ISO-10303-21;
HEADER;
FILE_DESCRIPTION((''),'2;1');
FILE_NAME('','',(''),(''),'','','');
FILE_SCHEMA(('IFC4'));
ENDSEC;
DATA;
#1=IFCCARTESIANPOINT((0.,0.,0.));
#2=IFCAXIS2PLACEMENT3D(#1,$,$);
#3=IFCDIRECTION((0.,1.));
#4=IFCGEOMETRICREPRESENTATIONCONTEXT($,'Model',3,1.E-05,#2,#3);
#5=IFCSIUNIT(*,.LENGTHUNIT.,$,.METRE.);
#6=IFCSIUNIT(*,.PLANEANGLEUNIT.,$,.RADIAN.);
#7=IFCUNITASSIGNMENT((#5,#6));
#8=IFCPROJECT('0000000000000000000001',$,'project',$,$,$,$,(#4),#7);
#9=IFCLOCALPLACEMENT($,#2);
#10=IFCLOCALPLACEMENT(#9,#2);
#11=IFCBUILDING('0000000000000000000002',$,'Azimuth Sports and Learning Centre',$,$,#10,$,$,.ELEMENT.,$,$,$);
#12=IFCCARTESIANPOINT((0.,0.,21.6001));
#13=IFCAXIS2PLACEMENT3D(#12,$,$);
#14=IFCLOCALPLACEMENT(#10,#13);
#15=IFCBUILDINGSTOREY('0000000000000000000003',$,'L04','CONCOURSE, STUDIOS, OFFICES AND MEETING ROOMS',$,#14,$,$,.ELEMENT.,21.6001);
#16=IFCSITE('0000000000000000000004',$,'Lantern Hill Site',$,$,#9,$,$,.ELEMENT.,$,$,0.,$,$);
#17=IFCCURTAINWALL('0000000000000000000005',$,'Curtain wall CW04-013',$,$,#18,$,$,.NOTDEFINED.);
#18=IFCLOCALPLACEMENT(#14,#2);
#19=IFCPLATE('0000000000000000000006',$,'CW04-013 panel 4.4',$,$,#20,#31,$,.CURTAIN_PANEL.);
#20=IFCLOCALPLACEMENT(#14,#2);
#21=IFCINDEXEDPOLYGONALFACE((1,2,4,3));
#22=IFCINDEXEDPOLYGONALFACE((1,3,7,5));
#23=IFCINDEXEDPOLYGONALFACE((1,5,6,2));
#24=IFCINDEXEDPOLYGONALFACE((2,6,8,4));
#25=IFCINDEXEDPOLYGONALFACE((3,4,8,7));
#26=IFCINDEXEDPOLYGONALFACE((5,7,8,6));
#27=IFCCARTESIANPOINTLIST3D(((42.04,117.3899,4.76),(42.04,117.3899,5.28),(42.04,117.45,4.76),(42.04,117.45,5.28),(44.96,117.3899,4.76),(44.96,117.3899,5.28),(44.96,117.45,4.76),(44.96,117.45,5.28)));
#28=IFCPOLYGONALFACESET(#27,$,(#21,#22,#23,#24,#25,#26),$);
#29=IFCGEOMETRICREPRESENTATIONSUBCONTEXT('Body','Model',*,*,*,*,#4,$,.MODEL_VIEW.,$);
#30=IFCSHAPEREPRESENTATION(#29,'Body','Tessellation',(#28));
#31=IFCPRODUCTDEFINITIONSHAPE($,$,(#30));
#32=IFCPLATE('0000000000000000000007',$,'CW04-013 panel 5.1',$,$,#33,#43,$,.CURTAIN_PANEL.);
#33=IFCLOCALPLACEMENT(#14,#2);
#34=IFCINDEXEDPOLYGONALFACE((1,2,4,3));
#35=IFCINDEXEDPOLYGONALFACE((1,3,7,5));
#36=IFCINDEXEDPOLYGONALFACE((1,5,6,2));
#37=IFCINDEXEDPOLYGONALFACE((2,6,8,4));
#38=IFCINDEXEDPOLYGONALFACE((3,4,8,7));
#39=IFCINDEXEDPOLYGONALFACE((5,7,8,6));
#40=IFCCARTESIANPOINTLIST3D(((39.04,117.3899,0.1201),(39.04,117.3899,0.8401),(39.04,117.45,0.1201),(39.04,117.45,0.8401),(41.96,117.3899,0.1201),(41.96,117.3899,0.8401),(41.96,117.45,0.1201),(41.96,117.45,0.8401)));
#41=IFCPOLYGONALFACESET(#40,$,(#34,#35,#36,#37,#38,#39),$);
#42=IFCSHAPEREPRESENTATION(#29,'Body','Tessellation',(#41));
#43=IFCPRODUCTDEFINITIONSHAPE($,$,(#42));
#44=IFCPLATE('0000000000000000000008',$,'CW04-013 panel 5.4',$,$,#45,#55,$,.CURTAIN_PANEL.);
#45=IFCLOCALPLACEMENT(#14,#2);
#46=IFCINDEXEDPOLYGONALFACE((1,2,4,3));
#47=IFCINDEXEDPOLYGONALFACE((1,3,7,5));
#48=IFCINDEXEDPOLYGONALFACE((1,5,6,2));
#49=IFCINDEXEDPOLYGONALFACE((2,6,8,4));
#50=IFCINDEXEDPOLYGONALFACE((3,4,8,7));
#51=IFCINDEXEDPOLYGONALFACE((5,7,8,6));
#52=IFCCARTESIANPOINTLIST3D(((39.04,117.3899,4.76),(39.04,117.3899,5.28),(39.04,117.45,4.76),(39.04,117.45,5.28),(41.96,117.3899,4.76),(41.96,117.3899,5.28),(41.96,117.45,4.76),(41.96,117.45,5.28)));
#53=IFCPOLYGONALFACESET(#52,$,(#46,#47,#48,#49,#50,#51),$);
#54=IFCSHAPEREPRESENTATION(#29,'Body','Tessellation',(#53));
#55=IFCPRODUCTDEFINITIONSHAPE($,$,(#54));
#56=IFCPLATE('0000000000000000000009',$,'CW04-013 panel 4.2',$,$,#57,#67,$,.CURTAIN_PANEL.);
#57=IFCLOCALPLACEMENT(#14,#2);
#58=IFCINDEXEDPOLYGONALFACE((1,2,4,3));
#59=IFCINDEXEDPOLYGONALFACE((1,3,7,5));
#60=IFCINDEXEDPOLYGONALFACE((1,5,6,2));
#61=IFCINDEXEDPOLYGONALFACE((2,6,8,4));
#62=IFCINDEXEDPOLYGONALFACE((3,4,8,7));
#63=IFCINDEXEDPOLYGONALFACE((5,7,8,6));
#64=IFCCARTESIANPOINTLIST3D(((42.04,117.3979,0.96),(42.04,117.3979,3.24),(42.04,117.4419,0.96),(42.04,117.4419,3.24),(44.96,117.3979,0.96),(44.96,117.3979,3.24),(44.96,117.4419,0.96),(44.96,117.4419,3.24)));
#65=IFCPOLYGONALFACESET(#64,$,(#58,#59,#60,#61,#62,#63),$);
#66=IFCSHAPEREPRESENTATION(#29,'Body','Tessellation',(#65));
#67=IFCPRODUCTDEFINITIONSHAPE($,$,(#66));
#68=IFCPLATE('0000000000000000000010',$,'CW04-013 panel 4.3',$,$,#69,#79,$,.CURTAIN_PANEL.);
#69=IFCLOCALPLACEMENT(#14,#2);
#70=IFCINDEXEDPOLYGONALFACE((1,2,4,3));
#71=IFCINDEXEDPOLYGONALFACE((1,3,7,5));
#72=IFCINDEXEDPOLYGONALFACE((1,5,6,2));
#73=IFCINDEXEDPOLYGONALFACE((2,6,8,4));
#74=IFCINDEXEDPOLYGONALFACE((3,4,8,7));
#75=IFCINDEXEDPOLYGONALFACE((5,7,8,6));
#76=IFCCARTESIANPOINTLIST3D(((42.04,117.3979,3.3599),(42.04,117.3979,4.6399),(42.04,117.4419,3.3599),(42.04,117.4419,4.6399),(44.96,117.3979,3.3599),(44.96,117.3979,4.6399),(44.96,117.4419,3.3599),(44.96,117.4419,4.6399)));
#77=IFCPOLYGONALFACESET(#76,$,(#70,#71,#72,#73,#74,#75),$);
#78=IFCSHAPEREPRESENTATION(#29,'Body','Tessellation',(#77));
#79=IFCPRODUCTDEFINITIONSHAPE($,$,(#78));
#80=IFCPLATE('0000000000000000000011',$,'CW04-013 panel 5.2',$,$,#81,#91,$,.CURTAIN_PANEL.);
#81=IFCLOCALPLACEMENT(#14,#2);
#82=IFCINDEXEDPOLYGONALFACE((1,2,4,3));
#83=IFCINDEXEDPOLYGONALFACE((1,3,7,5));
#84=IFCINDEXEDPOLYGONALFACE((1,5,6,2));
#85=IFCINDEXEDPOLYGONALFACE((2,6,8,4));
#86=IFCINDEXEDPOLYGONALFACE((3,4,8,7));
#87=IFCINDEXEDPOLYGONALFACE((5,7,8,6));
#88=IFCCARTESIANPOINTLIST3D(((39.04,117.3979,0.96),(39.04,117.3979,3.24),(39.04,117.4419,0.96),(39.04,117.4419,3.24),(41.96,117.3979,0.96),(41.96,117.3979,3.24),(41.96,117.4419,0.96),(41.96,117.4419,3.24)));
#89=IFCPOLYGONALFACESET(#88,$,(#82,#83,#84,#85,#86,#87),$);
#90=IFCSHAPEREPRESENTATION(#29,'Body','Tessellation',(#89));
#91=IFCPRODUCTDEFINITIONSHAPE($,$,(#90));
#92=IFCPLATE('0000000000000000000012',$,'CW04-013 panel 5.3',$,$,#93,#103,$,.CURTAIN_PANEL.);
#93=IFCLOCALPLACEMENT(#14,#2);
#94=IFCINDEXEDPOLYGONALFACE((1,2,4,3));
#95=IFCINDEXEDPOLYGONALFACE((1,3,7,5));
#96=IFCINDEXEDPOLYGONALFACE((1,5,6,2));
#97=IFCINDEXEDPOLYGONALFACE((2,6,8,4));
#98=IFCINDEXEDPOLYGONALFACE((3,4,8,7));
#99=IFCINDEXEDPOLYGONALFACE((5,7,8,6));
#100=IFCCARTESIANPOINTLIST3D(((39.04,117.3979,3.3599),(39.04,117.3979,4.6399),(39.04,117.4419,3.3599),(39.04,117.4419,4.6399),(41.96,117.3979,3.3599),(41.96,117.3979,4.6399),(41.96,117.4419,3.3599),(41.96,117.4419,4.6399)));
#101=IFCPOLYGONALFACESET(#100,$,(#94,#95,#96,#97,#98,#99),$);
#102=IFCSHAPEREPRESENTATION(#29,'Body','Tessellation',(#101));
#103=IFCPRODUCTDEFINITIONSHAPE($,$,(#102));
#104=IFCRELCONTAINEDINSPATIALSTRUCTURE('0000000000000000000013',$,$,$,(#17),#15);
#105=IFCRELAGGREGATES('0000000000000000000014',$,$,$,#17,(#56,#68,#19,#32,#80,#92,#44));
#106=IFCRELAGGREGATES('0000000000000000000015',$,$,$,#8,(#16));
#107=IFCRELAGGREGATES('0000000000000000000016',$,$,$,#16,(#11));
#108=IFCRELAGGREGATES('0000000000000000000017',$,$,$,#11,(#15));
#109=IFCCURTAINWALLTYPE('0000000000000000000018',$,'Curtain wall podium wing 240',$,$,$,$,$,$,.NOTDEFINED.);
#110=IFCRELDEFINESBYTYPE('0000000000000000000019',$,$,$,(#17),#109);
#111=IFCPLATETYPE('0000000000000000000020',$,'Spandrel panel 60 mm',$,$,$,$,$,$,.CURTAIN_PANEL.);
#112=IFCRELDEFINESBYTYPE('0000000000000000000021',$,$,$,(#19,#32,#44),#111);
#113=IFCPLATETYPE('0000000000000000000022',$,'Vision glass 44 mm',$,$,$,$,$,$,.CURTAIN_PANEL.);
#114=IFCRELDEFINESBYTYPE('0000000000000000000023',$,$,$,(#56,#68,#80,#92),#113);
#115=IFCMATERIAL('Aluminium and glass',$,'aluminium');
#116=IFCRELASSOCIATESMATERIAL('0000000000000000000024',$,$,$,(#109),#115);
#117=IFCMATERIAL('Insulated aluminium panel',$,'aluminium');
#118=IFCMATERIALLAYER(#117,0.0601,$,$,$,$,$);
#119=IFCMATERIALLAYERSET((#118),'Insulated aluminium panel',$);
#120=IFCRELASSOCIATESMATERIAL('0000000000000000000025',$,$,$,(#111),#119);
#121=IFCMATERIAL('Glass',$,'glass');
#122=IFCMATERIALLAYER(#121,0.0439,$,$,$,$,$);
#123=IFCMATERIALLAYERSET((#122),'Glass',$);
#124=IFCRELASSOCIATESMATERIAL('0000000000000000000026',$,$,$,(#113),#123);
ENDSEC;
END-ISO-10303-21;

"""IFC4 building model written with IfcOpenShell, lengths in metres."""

from ifc_helpers import new_model, si_unit, direction, frame, origin, origin_2d, place, context, subcontext, project, spatial, rectangle, extrude, material, layer, layer_set, type_object, element, aggregate, save


model = new_model("IFC4")

# Units and contexts
model_context = context("Model", 3, precision=1e-05, world=origin(), true_north=direction((0.0, 1.0)))
body_context = subcontext(model_context, "Body", "Model", "MODEL_VIEW")
ifc_project = project(units=[si_unit("LENGTHUNIT", "METRE"), si_unit("PLANEANGLEUNIT", "RADIAN")], contexts=[model_context])

# Site, building, storey
site_placement = place(None, origin())
site = spatial("IfcSite", under=ifc_project, at=site_placement, Name="Lantern Hill Site", CompositionType="ELEMENT", RefElevation=0.0)
building_placement = place(site_placement, origin())
building = spatial("IfcBuilding", under=site, at=building_placement, Name="Azimuth Sports and Learning Centre", CompositionType="ELEMENT")
storey_placement = place(building_placement, frame((0.0, 0.0, 21.6001)))
storey = spatial("IfcBuildingStorey", under=building, at=storey_placement, Name="L04", Description="CONCOURSE, STUDIOS, OFFICES AND MEETING ROOMS", CompositionType="ELEMENT", Elevation=21.6001)

# Curtain wall, plates
ifc_material_1 = material(Name="Aluminium and glass", Category="aluminium")
curtain_wall_type = type_object("IfcCurtainWallType", Name="Curtain wall podium wing 240", PredefinedType="NOTDEFINED", material=ifc_material_1)
curtain_wall_placement = place(storey_placement, origin())
curtain_wall = element("IfcCurtainWall", 1, at=curtain_wall_placement, inside=storey, type_object=curtain_wall_type, Name="Curtain wall CW04-013", PredefinedType="NOTDEFINED")
ifc_material_2 = material(Name="Insulated aluminium panel", Category="aluminium")
ifc_layer_1 = layer(ifc_material_2, 0.0601)
ifc_layer_set_1 = layer_set([ifc_layer_1], Name="Insulated aluminium panel")
plate_type_1 = type_object("IfcPlateType", Name="Spandrel panel 60 mm", PredefinedType="CURTAIN_PANEL", material=ifc_layer_set_1)
plate_1_placement = place(storey_placement, frame((43.5, 117.4199, 4.76), z_axis=(0.0, 0.0, 1.0), x_axis=(-1.0, 0.0, 0.0)))
plate_1 = element("IfcPlate", 2, at=plate_1_placement, type_object=plate_type_1, Name="CW04-013 panel 4.4", PredefinedType="CURTAIN_PANEL", context=body_context, shape_type="SweptSolid", body=[
    extrude(rectangle(XDim=2.9199, YDim=0.0601, at=origin_2d()), origin(), (0.0, 0.0, 1.0), 0.52),
])
plate_2_placement = place(storey_placement, frame((40.5, 117.4199, 0.1201), z_axis=(0.0, 0.0, 1.0), x_axis=(-1.0, 0.0, 0.0)))
plate_2 = element("IfcPlate", 3, at=plate_2_placement, type_object=plate_type_1, Name="CW04-013 panel 5.1", PredefinedType="CURTAIN_PANEL", context=body_context, shape_type="SweptSolid", body=[
    extrude(rectangle(XDim=2.9199, YDim=0.0601, at=origin_2d()), origin(), (0.0, 0.0, 1.0), 0.72),
])
plate_3_placement = place(storey_placement, frame((40.5, 117.4199, 4.76), z_axis=(0.0, 0.0, 1.0), x_axis=(-1.0, 0.0, 0.0)))
plate_3 = element("IfcPlate", 4, at=plate_3_placement, type_object=plate_type_1, Name="CW04-013 panel 5.4", PredefinedType="CURTAIN_PANEL", context=body_context, shape_type="SweptSolid", body=[
    extrude(rectangle(XDim=2.9199, YDim=0.0601, at=origin_2d()), origin(), (0.0, 0.0, 1.0), 0.52),
])
ifc_material_3 = material(Name="Glass", Category="glass")
ifc_layer_2 = layer(ifc_material_3, 0.0439)
ifc_layer_set_2 = layer_set([ifc_layer_2], Name="Glass")
plate_type_2 = type_object("IfcPlateType", Name="Vision glass 44 mm", PredefinedType="CURTAIN_PANEL", material=ifc_layer_set_2)
plate_4_placement = place(storey_placement, frame((43.5, 117.4199, 0.96), z_axis=(0.0, 0.0, 1.0), x_axis=(-1.0, 0.0, 0.0)))
plate_4 = element("IfcPlate", 5, at=plate_4_placement, type_object=plate_type_2, Name="CW04-013 panel 4.2", PredefinedType="CURTAIN_PANEL", context=body_context, shape_type="SweptSolid", body=[
    extrude(rectangle(XDim=2.9199, YDim=0.0439, at=origin_2d()), origin(), (0.0, 0.0, 1.0), 2.28),
])
plate_5_placement = place(storey_placement, frame((43.5, 117.4199, 3.3599), z_axis=(0.0, 0.0, 1.0), x_axis=(-1.0, 0.0, 0.0)))
plate_5 = element("IfcPlate", 6, at=plate_5_placement, type_object=plate_type_2, Name="CW04-013 panel 4.3", PredefinedType="CURTAIN_PANEL", context=body_context, shape_type="SweptSolid", body=[
    extrude(rectangle(XDim=2.9199, YDim=0.0439, at=origin_2d()), origin(), (0.0, 0.0, 1.0), 1.28),
])
plate_6_placement = place(storey_placement, frame((40.5, 117.4199, 0.96), z_axis=(0.0, 0.0, 1.0), x_axis=(-1.0, 0.0, 0.0)))
plate_6 = element("IfcPlate", 7, at=plate_6_placement, type_object=plate_type_2, Name="CW04-013 panel 5.2", PredefinedType="CURTAIN_PANEL", context=body_context, shape_type="SweptSolid", body=[
    extrude(rectangle(XDim=2.9199, YDim=0.0439, at=origin_2d()), origin(), (0.0, 0.0, 1.0), 2.28),
])
plate_7_placement = place(storey_placement, frame((40.5, 117.4199, 3.3599), z_axis=(0.0, 0.0, 1.0), x_axis=(-1.0, 0.0, 0.0)))
plate_7 = element("IfcPlate", 8, at=plate_7_placement, type_object=plate_type_2, Name="CW04-013 panel 5.3", PredefinedType="CURTAIN_PANEL", context=body_context, shape_type="SweptSolid", body=[
    extrude(rectangle(XDim=2.9199, YDim=0.0439, at=origin_2d()), origin(), (0.0, 0.0, 1.0), 1.28),
])
aggregate(curtain_wall, [plate_4, plate_5, plate_1, plate_2, plate_6, plate_7, plate_3])

save(model, "model.ifc")
